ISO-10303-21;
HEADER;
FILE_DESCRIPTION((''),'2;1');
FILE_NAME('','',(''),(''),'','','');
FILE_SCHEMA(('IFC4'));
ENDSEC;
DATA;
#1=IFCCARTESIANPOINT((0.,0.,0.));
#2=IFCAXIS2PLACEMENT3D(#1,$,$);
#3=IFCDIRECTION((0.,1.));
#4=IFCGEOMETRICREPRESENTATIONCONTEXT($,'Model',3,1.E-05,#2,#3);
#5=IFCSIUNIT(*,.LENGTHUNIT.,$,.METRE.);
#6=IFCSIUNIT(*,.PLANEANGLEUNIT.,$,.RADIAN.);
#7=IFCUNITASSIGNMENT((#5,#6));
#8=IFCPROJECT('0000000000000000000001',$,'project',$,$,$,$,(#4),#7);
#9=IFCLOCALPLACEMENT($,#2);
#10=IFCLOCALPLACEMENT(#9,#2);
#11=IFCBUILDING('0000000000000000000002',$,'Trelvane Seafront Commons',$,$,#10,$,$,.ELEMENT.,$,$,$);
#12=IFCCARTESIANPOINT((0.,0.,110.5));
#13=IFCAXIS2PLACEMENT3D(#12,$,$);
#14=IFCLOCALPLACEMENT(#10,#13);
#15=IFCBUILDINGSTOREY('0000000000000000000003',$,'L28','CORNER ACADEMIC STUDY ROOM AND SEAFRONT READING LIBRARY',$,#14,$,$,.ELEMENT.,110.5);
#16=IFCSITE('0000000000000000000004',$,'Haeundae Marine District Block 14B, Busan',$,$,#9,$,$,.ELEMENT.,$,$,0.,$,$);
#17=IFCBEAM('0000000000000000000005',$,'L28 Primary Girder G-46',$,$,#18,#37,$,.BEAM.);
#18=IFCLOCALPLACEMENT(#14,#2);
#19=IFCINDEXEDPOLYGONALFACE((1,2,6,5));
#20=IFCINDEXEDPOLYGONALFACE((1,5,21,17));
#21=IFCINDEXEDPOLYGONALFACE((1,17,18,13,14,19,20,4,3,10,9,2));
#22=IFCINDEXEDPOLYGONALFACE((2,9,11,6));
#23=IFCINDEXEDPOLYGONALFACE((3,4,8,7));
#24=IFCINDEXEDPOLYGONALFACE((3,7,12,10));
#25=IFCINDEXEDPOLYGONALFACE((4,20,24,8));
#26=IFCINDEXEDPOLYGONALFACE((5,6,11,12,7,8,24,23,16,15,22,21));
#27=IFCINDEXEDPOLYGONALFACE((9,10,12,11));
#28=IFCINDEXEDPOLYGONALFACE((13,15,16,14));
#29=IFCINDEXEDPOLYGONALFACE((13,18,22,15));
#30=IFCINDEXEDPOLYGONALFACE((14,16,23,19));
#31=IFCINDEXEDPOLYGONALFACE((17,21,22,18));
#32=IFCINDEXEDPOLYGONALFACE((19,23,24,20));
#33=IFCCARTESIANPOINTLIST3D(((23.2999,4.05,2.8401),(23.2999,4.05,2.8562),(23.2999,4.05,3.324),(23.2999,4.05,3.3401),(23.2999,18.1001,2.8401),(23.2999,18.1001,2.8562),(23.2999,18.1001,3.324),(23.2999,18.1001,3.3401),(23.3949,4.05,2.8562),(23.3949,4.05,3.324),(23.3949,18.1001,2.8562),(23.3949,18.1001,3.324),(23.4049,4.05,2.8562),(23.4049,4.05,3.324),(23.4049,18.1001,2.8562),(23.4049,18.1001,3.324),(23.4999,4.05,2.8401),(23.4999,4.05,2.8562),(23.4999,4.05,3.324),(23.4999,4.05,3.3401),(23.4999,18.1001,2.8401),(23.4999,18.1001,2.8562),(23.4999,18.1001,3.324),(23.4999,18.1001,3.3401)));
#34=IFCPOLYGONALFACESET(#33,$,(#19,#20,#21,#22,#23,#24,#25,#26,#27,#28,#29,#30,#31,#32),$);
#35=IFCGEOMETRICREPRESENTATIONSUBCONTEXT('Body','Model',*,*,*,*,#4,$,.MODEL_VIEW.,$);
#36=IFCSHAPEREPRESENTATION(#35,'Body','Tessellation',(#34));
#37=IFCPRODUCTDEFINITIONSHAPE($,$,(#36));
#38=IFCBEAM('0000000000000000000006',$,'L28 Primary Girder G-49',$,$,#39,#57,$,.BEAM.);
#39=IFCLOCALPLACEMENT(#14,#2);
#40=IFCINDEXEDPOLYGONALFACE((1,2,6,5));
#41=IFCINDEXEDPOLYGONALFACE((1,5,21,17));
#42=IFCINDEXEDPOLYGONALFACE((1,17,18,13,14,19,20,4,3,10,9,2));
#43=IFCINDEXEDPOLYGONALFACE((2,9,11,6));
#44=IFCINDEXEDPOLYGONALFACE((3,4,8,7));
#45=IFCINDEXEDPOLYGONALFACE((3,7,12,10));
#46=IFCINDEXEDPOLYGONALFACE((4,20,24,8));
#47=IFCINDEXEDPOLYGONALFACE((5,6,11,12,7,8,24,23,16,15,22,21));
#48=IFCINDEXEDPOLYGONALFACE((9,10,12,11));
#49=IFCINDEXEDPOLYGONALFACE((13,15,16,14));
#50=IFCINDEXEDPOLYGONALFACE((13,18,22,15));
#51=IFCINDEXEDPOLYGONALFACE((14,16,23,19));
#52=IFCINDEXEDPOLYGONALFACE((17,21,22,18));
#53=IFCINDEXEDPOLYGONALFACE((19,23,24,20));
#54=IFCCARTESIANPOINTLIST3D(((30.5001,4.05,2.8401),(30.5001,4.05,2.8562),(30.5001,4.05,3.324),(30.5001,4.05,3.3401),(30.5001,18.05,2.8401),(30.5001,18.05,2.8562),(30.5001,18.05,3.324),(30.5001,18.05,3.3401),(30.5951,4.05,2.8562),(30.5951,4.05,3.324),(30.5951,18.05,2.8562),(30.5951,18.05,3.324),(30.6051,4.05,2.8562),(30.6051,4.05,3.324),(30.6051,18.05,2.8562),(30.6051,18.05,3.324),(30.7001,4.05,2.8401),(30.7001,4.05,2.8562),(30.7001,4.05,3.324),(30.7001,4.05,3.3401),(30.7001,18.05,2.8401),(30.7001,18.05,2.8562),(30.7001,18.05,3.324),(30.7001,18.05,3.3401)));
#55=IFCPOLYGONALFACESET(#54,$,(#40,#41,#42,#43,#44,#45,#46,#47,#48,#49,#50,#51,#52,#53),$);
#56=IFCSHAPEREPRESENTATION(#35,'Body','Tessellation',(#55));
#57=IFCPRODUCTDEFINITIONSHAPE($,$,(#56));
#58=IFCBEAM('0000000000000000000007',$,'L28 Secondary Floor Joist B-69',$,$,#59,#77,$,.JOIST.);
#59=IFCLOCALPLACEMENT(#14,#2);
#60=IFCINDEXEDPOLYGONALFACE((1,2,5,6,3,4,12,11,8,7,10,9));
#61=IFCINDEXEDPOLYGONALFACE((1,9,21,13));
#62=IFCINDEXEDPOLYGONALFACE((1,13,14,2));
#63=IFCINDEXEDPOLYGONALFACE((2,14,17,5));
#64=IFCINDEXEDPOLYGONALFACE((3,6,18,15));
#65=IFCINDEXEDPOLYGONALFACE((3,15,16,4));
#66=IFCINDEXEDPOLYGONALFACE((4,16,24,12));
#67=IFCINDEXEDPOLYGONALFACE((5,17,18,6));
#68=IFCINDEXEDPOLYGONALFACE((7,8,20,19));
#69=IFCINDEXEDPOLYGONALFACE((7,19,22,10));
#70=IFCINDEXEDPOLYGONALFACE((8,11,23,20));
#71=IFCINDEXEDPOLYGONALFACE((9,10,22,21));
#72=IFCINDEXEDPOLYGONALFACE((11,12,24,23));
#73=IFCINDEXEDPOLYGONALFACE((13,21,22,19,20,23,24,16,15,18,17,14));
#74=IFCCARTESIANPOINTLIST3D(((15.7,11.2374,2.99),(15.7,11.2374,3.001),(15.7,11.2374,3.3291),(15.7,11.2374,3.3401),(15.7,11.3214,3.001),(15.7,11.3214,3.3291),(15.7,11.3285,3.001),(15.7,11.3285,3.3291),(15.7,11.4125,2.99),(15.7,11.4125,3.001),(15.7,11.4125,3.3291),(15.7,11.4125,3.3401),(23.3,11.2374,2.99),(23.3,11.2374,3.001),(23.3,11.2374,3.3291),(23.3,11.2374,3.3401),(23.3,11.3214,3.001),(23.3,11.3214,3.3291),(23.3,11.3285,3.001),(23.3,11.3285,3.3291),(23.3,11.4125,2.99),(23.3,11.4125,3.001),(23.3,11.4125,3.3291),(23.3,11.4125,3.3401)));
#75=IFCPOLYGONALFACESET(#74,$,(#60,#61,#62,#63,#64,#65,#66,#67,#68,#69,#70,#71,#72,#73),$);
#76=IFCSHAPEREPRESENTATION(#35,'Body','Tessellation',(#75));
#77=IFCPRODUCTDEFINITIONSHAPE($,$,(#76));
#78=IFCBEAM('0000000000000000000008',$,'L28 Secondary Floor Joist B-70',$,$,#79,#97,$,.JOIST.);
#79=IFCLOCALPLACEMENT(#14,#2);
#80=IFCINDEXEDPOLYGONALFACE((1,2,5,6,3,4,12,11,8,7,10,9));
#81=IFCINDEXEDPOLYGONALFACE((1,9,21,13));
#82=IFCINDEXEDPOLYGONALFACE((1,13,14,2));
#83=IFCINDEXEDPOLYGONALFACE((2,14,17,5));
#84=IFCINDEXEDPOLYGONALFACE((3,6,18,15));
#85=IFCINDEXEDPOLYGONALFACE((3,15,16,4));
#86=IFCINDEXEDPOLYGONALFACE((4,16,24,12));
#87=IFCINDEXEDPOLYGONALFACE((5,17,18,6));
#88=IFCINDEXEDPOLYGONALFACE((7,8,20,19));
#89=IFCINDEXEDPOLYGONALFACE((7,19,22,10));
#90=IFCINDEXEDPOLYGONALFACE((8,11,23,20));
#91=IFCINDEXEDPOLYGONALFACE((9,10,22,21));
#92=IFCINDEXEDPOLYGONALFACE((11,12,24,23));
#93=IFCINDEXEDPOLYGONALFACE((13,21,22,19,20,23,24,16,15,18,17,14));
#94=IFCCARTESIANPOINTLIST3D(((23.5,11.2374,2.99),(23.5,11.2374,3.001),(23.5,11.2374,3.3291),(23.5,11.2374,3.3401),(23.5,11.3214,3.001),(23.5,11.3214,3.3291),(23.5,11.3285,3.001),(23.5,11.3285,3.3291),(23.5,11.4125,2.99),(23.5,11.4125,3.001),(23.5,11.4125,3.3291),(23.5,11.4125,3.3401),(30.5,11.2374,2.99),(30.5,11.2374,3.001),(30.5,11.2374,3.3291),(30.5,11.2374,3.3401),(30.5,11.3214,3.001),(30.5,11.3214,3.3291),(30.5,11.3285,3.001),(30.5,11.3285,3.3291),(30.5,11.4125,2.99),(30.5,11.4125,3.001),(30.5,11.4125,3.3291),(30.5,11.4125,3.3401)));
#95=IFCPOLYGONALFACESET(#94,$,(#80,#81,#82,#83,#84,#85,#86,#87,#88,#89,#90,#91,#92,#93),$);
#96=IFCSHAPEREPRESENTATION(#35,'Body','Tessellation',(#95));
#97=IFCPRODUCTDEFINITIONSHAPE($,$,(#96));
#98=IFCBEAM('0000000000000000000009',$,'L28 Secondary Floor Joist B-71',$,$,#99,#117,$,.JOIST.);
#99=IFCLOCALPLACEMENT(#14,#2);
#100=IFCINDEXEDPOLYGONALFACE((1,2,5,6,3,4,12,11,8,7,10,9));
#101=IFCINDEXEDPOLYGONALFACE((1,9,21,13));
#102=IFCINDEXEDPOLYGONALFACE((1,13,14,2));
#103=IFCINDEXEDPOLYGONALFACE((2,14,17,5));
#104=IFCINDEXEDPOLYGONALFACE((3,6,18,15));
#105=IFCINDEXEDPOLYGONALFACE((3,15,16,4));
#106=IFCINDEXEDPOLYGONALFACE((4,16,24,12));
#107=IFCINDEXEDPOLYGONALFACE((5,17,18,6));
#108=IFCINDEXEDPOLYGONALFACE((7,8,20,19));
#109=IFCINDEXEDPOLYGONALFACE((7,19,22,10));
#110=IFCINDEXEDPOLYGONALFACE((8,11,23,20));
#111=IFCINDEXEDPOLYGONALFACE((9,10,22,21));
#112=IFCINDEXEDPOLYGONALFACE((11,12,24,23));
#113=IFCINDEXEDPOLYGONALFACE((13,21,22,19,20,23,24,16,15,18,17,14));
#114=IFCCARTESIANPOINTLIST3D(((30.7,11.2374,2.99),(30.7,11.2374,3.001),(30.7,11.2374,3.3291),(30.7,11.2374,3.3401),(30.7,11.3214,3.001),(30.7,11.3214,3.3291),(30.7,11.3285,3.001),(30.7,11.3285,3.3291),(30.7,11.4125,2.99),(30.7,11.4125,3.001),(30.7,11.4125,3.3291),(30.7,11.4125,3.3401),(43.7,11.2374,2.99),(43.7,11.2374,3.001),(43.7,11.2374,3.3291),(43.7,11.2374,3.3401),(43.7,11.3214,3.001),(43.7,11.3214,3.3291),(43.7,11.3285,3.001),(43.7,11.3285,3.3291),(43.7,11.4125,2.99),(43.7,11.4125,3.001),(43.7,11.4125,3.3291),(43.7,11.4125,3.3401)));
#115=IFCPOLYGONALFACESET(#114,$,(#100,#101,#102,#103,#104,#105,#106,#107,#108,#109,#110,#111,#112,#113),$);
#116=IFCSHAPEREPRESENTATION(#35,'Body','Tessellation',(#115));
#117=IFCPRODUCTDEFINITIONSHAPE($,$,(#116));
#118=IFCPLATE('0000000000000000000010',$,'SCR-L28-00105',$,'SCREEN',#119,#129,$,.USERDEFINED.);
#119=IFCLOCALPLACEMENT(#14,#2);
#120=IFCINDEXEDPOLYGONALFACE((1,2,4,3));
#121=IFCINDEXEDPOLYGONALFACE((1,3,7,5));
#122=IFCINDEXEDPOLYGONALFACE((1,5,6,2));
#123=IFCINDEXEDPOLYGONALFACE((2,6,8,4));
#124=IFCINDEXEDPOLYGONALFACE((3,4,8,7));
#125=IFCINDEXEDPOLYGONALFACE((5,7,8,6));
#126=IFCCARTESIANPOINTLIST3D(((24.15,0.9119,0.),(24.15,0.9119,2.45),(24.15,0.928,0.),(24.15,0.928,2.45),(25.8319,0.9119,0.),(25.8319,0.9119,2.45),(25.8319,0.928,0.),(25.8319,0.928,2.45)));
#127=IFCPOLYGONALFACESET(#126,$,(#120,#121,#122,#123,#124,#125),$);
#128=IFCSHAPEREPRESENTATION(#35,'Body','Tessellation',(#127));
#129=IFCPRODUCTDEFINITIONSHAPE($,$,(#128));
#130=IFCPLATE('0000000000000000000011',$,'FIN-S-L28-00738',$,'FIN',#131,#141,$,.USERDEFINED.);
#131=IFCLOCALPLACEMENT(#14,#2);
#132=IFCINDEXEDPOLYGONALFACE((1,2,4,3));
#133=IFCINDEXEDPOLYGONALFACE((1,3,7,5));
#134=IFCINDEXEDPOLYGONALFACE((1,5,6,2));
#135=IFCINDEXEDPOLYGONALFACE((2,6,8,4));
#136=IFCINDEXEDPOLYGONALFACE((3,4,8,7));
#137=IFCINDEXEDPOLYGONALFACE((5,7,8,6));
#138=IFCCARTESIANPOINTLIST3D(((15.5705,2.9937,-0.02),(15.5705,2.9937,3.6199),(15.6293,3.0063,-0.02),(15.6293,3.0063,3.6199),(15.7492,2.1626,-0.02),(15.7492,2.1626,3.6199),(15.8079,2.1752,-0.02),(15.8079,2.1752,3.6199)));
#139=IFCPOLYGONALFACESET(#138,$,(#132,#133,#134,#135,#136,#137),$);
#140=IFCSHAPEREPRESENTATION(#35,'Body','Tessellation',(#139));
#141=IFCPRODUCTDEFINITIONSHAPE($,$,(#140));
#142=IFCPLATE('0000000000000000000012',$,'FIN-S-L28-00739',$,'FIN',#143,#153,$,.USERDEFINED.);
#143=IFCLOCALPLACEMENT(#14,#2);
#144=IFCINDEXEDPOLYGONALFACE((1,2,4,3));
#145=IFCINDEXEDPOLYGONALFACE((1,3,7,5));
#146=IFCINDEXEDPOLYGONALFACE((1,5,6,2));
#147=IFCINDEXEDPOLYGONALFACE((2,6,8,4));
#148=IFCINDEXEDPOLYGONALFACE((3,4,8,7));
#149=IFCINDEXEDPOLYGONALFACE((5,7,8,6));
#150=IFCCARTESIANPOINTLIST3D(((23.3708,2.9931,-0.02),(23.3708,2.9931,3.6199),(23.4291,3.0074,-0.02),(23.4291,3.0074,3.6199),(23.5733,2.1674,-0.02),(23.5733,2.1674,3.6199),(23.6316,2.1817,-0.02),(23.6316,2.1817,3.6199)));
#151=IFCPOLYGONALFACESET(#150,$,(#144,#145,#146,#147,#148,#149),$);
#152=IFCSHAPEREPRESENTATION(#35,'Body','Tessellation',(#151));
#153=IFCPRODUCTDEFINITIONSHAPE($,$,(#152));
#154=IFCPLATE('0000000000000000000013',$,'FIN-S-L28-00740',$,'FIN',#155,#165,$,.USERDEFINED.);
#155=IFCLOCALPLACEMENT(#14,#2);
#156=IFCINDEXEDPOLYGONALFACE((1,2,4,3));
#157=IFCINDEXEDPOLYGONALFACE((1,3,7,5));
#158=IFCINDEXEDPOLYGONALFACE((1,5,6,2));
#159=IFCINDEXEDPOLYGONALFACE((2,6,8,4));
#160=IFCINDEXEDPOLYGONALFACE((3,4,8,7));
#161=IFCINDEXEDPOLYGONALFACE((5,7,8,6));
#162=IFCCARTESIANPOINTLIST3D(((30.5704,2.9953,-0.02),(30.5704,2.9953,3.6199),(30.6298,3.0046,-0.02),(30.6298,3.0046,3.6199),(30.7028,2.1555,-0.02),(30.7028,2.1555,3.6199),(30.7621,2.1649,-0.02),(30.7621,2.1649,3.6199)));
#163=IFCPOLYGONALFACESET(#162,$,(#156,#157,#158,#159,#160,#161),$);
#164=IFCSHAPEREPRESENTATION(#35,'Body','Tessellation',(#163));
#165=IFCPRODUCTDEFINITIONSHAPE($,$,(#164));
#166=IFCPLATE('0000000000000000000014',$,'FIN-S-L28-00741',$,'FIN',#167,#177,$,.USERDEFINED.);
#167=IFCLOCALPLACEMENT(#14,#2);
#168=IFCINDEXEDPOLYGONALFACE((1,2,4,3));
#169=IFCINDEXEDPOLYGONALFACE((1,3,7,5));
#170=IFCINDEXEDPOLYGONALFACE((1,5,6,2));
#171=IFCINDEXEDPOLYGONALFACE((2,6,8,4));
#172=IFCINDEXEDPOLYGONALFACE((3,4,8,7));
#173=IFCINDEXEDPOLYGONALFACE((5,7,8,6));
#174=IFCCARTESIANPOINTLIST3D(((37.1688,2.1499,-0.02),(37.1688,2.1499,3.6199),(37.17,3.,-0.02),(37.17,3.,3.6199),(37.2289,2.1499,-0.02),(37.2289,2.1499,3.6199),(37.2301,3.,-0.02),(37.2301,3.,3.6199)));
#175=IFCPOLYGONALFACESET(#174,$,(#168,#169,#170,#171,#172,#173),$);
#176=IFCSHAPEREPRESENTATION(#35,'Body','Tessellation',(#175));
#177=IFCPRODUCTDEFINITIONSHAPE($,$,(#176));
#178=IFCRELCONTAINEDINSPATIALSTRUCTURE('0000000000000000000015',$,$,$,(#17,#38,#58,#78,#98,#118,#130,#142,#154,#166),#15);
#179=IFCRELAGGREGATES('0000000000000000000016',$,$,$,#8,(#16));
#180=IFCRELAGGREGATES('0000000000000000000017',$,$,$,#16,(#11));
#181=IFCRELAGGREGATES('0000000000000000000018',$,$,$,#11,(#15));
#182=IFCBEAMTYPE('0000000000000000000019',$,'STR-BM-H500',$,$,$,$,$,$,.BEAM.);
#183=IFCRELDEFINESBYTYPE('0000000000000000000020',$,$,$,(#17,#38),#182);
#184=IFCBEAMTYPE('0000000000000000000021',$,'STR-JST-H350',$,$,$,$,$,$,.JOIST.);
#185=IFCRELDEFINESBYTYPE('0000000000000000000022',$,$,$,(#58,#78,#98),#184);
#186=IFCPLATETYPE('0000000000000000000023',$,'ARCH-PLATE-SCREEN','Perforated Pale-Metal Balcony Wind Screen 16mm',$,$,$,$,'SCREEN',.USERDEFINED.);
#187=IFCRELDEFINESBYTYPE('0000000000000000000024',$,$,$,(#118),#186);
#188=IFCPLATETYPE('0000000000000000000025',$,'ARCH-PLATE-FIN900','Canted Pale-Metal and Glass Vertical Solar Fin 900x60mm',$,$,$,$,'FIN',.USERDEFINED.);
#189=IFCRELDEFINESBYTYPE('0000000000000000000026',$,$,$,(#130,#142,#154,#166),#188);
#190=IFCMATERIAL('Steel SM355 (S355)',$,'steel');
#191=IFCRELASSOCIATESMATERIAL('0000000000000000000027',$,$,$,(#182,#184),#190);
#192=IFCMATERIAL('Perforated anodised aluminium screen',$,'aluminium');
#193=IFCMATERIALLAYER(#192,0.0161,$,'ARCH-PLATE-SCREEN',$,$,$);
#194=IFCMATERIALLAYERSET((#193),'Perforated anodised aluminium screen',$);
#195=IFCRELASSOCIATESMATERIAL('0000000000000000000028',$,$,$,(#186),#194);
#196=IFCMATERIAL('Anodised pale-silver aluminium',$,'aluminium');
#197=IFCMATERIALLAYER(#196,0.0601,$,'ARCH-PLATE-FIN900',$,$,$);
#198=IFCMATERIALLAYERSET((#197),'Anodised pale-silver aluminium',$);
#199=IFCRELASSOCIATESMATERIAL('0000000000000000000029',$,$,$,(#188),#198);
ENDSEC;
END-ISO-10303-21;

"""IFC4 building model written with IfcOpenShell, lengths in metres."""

from ifc_helpers import new_model, si_unit, direction, frame, origin, origin_2d, place, context, subcontext, project, spatial, rectangle, i_section, extrude, source, transform, mapped, material, layer, layer_set, material_profile, profile_set, type_object, element, save


model = new_model("IFC4")

# Units and contexts
model_context = context("Model", 3, precision=1e-05, world=origin(), true_north=direction((0.0, 1.0)))
body_context = subcontext(model_context, "Body", "Model", "MODEL_VIEW")
ifc_project = project(units=[si_unit("LENGTHUNIT", "METRE"), si_unit("PLANEANGLEUNIT", "RADIAN")], contexts=[model_context])

# Site, building, storey
site_placement = place(None, origin())
site = spatial("IfcSite", under=ifc_project, at=site_placement, Name="Haeundae Marine District Block 14B, Busan", CompositionType="ELEMENT", RefElevation=0.0)
building_placement = place(site_placement, origin())
building = spatial("IfcBuilding", under=site, at=building_placement, Name="Trelvane Seafront Commons", CompositionType="ELEMENT")
storey_placement = place(building_placement, frame((0.0, 0.0, 110.5)))
storey = spatial("IfcBuildingStorey", under=building, at=storey_placement, Name="L28", Description="CORNER ACADEMIC STUDY ROOM AND SEAFRONT READING LIBRARY", CompositionType="ELEMENT", Elevation=110.5)

# Shared definitions
ifc_material_1 = material(Name="Steel SM355 (S355)", Category="steel")

# Beams
ifc_material_profile_1 = material_profile(ifc_material_1, i_section(OverallWidth=0.2, OverallDepth=0.5, WebThickness=0.01, FlangeThickness=0.0161, at=origin_2d()), Name="H-500x200x10x16")
ifc_profile_set_1 = profile_set([ifc_material_profile_1], Name="Steel SM355 (S355)")
beam_type_1 = type_object("IfcBeamType", Name="STR-BM-H500", PredefinedType="BEAM", material=ifc_profile_set_1)
shared_shape_1 = source(origin(), body_context, "Body", "SweptSolid", [
    extrude(i_section(OverallWidth=0.2, OverallDepth=0.5, WebThickness=0.01, FlangeThickness=0.0161, at=origin_2d()), origin(), (0.0, 0.0, 1.0), 14.05),
])
beam_1_placement = place(storey_placement, frame((23.3999, 4.05, 3.0901), z_axis=(0.0, 1.0, 0.0), x_axis=(-1.0, 0.0, 0.0)))
element("IfcBeam", 1, at=beam_1_placement, inside=storey, type_object=beam_type_1, Name="L28 Primary Girder G-46", PredefinedType="BEAM", context=body_context, shape_type="MappedRepresentation", body=[
    mapped(shared_shape_1, transform((0.0, 0.0, 0.0), x_axis=(1.0, 0.0, 0.0), y_axis=(0.0, 1.0, 0.0), z_axis=(0.0, 0.0, 1.0), scale=1.0)),
])
shared_shape_2 = source(origin(), body_context, "Body", "SweptSolid", [
    extrude(i_section(OverallWidth=0.2, OverallDepth=0.5, WebThickness=0.01, FlangeThickness=0.0161, at=origin_2d()), origin(), (0.0, 0.0, 1.0), 14.0),
])
beam_2_placement = place(storey_placement, frame((30.6001, 4.05, 3.0901), z_axis=(0.0, 1.0, 0.0), x_axis=(-1.0, 0.0, 0.0)))
element("IfcBeam", 2, at=beam_2_placement, inside=storey, type_object=beam_type_1, Name="L28 Primary Girder G-49", PredefinedType="BEAM", context=body_context, shape_type="MappedRepresentation", body=[
    mapped(shared_shape_2, transform((0.0, 0.0, 0.0), x_axis=(1.0, 0.0, 0.0), y_axis=(0.0, 1.0, 0.0), z_axis=(0.0, 0.0, 1.0), scale=1.0)),
])
ifc_material_profile_2 = material_profile(ifc_material_1, i_section(OverallWidth=0.175, OverallDepth=0.3501, WebThickness=0.0071, FlangeThickness=0.011, at=origin_2d()), Name="H-350x175x7x11")
ifc_profile_set_2 = profile_set([ifc_material_profile_2], Name="Steel SM355 (S355)")
beam_type_2 = type_object("IfcBeamType", Name="STR-JST-H350", PredefinedType="JOIST", material=ifc_profile_set_2)
shared_shape_3 = source(origin(), body_context, "Body", "SweptSolid", [
    extrude(i_section(OverallWidth=0.175, OverallDepth=0.3501, WebThickness=0.0071, FlangeThickness=0.011, at=origin_2d()), origin(), (0.0, 0.0, 1.0), 7.6001),
])
beam_3_placement = place(storey_placement, frame((15.7, 11.325, 3.165), z_axis=(1.0, 0.0, 0.0), x_axis=(0.0, 1.0, 0.0)))
element("IfcBeam", 3, at=beam_3_placement, inside=storey, type_object=beam_type_2, Name="L28 Secondary Floor Joist B-69", PredefinedType="JOIST", context=body_context, shape_type="MappedRepresentation", body=[
    mapped(shared_shape_3, transform((0.0, 0.0, 0.0), x_axis=(1.0, 0.0, 0.0), y_axis=(0.0, 1.0, 0.0), z_axis=(0.0, 0.0, 1.0), scale=1.0)),
])
shared_shape_4 = source(origin(), body_context, "Body", "SweptSolid", [
    extrude(i_section(OverallWidth=0.175, OverallDepth=0.3501, WebThickness=0.0071, FlangeThickness=0.011, at=origin_2d()), origin(), (0.0, 0.0, 1.0), 7.0),
])
beam_4_placement = place(storey_placement, frame((23.5, 11.325, 3.165), z_axis=(1.0, 0.0, 0.0), x_axis=(0.0, 1.0, 0.0)))
element("IfcBeam", 4, at=beam_4_placement, inside=storey, type_object=beam_type_2, Name="L28 Secondary Floor Joist B-70", PredefinedType="JOIST", context=body_context, shape_type="MappedRepresentation", body=[
    mapped(shared_shape_4, transform((0.0, 0.0, 0.0), x_axis=(1.0, 0.0, 0.0), y_axis=(0.0, 1.0, 0.0), z_axis=(0.0, 0.0, 1.0), scale=1.0)),
])
shared_shape_5 = source(origin(), body_context, "Body", "SweptSolid", [
    extrude(i_section(OverallWidth=0.175, OverallDepth=0.3501, WebThickness=0.0071, FlangeThickness=0.011, at=origin_2d()), origin(), (0.0, 0.0, 1.0), 13.0),
])
beam_5_placement = place(storey_placement, frame((30.7, 11.325, 3.165), z_axis=(1.0, 0.0, 0.0), x_axis=(0.0, 1.0, 0.0)))
element("IfcBeam", 5, at=beam_5_placement, inside=storey, type_object=beam_type_2, Name="L28 Secondary Floor Joist B-71", PredefinedType="JOIST", context=body_context, shape_type="MappedRepresentation", body=[
    mapped(shared_shape_5, transform((0.0, 0.0, 0.0), x_axis=(1.0, 0.0, 0.0), y_axis=(0.0, 1.0, 0.0), z_axis=(0.0, 0.0, 1.0), scale=1.0)),
])

# Plates
ifc_material_2 = material(Name="Perforated anodised aluminium screen", Category="aluminium")
ifc_layer_1 = layer(ifc_material_2, 0.0161, Name="ARCH-PLATE-SCREEN")
ifc_layer_set_1 = layer_set([ifc_layer_1], Name="Perforated anodised aluminium screen")
plate_type_1 = type_object("IfcPlateType", Name="ARCH-PLATE-SCREEN", Description="Perforated Pale-Metal Balcony Wind Screen 16mm", ElementType="SCREEN", PredefinedType="USERDEFINED", material=ifc_layer_set_1)
shared_shape_6 = source(origin(), body_context, "Body", "SweptSolid", [
    extrude(rectangle(XDim=1.6819, YDim=0.0161, at=origin_2d()), origin(), (0.0, 0.0, 1.0), 2.45),
])
plate_placement = place(storey_placement, frame((24.991, 0.9199, 0.0), z_axis=(0.0, 0.0, 1.0), x_axis=(1.0, 0.0, 0.0)))
element("IfcPlate", 6, at=plate_placement, inside=storey, type_object=plate_type_1, Name="SCR-L28-00105", ObjectType="SCREEN", PredefinedType="USERDEFINED", context=body_context, shape_type="MappedRepresentation", body=[
    mapped(shared_shape_6, transform((0.0, 0.0, 0.0), x_axis=(1.0, 0.0, 0.0), y_axis=(0.0, 1.0, 0.0), z_axis=(0.0, 0.0, 1.0), scale=1.0)),
])
ifc_material_3 = material(Name="Anodised pale-silver aluminium", Category="aluminium")
ifc_layer_2 = layer(ifc_material_3, 0.0601, Name="ARCH-PLATE-FIN900")
ifc_layer_set_2 = layer_set([ifc_layer_2], Name="Anodised pale-silver aluminium")
plate_type_2 = type_object("IfcPlateType", Name="ARCH-PLATE-FIN900", Description="Canted Pale-Metal and Glass Vertical Solar Fin 900x60mm", ElementType="FIN", PredefinedType="USERDEFINED", material=ifc_layer_set_2)
shared_shape_7 = source(origin(), body_context, "Body", "SweptSolid", [
    extrude(rectangle(XDim=0.8501, YDim=0.0601, at=origin_2d()), origin(), (0.0, 0.0, 1.0), 3.6399),
])
for number, where, z_axis, x_axis, name in (
    (7, (15.6892, 2.5845, -0.02), (0.0, 0.0, 1.0), (0.210124, -0.977675, 0.0), "FIN-S-L28-00738"),
    (8, (23.5012, 2.5874, -0.02), (0.0, 0.0, 1.0), (0.238242, -0.971206, 0.0), "FIN-S-L28-00739"),
    (9, (30.6663, 2.5801, -0.02), (0.0, 0.0, 1.0), (0.155655, -0.987811, 0.0), "FIN-S-L28-00740"),
    (10, (37.1995, 2.575, -0.02), (0.0, 0.0, 1.0), (-0.001412, -0.999999, 0.0), "FIN-S-L28-00741"),
):
    element("IfcPlate", number, at=place(storey_placement, frame(where, z_axis=z_axis, x_axis=x_axis)), inside=storey, type_object=plate_type_2, Name=name, ObjectType="FIN", PredefinedType="USERDEFINED", context=body_context, shape_type="MappedRepresentation", body=[
        mapped(shared_shape_7, transform((0.0, 0.0, 0.0), x_axis=(1.0, 0.0, 0.0), y_axis=(0.0, 1.0, 0.0), z_axis=(0.0, 0.0, 1.0), scale=1.0)),
    ])

save(model, "model.ifc")
